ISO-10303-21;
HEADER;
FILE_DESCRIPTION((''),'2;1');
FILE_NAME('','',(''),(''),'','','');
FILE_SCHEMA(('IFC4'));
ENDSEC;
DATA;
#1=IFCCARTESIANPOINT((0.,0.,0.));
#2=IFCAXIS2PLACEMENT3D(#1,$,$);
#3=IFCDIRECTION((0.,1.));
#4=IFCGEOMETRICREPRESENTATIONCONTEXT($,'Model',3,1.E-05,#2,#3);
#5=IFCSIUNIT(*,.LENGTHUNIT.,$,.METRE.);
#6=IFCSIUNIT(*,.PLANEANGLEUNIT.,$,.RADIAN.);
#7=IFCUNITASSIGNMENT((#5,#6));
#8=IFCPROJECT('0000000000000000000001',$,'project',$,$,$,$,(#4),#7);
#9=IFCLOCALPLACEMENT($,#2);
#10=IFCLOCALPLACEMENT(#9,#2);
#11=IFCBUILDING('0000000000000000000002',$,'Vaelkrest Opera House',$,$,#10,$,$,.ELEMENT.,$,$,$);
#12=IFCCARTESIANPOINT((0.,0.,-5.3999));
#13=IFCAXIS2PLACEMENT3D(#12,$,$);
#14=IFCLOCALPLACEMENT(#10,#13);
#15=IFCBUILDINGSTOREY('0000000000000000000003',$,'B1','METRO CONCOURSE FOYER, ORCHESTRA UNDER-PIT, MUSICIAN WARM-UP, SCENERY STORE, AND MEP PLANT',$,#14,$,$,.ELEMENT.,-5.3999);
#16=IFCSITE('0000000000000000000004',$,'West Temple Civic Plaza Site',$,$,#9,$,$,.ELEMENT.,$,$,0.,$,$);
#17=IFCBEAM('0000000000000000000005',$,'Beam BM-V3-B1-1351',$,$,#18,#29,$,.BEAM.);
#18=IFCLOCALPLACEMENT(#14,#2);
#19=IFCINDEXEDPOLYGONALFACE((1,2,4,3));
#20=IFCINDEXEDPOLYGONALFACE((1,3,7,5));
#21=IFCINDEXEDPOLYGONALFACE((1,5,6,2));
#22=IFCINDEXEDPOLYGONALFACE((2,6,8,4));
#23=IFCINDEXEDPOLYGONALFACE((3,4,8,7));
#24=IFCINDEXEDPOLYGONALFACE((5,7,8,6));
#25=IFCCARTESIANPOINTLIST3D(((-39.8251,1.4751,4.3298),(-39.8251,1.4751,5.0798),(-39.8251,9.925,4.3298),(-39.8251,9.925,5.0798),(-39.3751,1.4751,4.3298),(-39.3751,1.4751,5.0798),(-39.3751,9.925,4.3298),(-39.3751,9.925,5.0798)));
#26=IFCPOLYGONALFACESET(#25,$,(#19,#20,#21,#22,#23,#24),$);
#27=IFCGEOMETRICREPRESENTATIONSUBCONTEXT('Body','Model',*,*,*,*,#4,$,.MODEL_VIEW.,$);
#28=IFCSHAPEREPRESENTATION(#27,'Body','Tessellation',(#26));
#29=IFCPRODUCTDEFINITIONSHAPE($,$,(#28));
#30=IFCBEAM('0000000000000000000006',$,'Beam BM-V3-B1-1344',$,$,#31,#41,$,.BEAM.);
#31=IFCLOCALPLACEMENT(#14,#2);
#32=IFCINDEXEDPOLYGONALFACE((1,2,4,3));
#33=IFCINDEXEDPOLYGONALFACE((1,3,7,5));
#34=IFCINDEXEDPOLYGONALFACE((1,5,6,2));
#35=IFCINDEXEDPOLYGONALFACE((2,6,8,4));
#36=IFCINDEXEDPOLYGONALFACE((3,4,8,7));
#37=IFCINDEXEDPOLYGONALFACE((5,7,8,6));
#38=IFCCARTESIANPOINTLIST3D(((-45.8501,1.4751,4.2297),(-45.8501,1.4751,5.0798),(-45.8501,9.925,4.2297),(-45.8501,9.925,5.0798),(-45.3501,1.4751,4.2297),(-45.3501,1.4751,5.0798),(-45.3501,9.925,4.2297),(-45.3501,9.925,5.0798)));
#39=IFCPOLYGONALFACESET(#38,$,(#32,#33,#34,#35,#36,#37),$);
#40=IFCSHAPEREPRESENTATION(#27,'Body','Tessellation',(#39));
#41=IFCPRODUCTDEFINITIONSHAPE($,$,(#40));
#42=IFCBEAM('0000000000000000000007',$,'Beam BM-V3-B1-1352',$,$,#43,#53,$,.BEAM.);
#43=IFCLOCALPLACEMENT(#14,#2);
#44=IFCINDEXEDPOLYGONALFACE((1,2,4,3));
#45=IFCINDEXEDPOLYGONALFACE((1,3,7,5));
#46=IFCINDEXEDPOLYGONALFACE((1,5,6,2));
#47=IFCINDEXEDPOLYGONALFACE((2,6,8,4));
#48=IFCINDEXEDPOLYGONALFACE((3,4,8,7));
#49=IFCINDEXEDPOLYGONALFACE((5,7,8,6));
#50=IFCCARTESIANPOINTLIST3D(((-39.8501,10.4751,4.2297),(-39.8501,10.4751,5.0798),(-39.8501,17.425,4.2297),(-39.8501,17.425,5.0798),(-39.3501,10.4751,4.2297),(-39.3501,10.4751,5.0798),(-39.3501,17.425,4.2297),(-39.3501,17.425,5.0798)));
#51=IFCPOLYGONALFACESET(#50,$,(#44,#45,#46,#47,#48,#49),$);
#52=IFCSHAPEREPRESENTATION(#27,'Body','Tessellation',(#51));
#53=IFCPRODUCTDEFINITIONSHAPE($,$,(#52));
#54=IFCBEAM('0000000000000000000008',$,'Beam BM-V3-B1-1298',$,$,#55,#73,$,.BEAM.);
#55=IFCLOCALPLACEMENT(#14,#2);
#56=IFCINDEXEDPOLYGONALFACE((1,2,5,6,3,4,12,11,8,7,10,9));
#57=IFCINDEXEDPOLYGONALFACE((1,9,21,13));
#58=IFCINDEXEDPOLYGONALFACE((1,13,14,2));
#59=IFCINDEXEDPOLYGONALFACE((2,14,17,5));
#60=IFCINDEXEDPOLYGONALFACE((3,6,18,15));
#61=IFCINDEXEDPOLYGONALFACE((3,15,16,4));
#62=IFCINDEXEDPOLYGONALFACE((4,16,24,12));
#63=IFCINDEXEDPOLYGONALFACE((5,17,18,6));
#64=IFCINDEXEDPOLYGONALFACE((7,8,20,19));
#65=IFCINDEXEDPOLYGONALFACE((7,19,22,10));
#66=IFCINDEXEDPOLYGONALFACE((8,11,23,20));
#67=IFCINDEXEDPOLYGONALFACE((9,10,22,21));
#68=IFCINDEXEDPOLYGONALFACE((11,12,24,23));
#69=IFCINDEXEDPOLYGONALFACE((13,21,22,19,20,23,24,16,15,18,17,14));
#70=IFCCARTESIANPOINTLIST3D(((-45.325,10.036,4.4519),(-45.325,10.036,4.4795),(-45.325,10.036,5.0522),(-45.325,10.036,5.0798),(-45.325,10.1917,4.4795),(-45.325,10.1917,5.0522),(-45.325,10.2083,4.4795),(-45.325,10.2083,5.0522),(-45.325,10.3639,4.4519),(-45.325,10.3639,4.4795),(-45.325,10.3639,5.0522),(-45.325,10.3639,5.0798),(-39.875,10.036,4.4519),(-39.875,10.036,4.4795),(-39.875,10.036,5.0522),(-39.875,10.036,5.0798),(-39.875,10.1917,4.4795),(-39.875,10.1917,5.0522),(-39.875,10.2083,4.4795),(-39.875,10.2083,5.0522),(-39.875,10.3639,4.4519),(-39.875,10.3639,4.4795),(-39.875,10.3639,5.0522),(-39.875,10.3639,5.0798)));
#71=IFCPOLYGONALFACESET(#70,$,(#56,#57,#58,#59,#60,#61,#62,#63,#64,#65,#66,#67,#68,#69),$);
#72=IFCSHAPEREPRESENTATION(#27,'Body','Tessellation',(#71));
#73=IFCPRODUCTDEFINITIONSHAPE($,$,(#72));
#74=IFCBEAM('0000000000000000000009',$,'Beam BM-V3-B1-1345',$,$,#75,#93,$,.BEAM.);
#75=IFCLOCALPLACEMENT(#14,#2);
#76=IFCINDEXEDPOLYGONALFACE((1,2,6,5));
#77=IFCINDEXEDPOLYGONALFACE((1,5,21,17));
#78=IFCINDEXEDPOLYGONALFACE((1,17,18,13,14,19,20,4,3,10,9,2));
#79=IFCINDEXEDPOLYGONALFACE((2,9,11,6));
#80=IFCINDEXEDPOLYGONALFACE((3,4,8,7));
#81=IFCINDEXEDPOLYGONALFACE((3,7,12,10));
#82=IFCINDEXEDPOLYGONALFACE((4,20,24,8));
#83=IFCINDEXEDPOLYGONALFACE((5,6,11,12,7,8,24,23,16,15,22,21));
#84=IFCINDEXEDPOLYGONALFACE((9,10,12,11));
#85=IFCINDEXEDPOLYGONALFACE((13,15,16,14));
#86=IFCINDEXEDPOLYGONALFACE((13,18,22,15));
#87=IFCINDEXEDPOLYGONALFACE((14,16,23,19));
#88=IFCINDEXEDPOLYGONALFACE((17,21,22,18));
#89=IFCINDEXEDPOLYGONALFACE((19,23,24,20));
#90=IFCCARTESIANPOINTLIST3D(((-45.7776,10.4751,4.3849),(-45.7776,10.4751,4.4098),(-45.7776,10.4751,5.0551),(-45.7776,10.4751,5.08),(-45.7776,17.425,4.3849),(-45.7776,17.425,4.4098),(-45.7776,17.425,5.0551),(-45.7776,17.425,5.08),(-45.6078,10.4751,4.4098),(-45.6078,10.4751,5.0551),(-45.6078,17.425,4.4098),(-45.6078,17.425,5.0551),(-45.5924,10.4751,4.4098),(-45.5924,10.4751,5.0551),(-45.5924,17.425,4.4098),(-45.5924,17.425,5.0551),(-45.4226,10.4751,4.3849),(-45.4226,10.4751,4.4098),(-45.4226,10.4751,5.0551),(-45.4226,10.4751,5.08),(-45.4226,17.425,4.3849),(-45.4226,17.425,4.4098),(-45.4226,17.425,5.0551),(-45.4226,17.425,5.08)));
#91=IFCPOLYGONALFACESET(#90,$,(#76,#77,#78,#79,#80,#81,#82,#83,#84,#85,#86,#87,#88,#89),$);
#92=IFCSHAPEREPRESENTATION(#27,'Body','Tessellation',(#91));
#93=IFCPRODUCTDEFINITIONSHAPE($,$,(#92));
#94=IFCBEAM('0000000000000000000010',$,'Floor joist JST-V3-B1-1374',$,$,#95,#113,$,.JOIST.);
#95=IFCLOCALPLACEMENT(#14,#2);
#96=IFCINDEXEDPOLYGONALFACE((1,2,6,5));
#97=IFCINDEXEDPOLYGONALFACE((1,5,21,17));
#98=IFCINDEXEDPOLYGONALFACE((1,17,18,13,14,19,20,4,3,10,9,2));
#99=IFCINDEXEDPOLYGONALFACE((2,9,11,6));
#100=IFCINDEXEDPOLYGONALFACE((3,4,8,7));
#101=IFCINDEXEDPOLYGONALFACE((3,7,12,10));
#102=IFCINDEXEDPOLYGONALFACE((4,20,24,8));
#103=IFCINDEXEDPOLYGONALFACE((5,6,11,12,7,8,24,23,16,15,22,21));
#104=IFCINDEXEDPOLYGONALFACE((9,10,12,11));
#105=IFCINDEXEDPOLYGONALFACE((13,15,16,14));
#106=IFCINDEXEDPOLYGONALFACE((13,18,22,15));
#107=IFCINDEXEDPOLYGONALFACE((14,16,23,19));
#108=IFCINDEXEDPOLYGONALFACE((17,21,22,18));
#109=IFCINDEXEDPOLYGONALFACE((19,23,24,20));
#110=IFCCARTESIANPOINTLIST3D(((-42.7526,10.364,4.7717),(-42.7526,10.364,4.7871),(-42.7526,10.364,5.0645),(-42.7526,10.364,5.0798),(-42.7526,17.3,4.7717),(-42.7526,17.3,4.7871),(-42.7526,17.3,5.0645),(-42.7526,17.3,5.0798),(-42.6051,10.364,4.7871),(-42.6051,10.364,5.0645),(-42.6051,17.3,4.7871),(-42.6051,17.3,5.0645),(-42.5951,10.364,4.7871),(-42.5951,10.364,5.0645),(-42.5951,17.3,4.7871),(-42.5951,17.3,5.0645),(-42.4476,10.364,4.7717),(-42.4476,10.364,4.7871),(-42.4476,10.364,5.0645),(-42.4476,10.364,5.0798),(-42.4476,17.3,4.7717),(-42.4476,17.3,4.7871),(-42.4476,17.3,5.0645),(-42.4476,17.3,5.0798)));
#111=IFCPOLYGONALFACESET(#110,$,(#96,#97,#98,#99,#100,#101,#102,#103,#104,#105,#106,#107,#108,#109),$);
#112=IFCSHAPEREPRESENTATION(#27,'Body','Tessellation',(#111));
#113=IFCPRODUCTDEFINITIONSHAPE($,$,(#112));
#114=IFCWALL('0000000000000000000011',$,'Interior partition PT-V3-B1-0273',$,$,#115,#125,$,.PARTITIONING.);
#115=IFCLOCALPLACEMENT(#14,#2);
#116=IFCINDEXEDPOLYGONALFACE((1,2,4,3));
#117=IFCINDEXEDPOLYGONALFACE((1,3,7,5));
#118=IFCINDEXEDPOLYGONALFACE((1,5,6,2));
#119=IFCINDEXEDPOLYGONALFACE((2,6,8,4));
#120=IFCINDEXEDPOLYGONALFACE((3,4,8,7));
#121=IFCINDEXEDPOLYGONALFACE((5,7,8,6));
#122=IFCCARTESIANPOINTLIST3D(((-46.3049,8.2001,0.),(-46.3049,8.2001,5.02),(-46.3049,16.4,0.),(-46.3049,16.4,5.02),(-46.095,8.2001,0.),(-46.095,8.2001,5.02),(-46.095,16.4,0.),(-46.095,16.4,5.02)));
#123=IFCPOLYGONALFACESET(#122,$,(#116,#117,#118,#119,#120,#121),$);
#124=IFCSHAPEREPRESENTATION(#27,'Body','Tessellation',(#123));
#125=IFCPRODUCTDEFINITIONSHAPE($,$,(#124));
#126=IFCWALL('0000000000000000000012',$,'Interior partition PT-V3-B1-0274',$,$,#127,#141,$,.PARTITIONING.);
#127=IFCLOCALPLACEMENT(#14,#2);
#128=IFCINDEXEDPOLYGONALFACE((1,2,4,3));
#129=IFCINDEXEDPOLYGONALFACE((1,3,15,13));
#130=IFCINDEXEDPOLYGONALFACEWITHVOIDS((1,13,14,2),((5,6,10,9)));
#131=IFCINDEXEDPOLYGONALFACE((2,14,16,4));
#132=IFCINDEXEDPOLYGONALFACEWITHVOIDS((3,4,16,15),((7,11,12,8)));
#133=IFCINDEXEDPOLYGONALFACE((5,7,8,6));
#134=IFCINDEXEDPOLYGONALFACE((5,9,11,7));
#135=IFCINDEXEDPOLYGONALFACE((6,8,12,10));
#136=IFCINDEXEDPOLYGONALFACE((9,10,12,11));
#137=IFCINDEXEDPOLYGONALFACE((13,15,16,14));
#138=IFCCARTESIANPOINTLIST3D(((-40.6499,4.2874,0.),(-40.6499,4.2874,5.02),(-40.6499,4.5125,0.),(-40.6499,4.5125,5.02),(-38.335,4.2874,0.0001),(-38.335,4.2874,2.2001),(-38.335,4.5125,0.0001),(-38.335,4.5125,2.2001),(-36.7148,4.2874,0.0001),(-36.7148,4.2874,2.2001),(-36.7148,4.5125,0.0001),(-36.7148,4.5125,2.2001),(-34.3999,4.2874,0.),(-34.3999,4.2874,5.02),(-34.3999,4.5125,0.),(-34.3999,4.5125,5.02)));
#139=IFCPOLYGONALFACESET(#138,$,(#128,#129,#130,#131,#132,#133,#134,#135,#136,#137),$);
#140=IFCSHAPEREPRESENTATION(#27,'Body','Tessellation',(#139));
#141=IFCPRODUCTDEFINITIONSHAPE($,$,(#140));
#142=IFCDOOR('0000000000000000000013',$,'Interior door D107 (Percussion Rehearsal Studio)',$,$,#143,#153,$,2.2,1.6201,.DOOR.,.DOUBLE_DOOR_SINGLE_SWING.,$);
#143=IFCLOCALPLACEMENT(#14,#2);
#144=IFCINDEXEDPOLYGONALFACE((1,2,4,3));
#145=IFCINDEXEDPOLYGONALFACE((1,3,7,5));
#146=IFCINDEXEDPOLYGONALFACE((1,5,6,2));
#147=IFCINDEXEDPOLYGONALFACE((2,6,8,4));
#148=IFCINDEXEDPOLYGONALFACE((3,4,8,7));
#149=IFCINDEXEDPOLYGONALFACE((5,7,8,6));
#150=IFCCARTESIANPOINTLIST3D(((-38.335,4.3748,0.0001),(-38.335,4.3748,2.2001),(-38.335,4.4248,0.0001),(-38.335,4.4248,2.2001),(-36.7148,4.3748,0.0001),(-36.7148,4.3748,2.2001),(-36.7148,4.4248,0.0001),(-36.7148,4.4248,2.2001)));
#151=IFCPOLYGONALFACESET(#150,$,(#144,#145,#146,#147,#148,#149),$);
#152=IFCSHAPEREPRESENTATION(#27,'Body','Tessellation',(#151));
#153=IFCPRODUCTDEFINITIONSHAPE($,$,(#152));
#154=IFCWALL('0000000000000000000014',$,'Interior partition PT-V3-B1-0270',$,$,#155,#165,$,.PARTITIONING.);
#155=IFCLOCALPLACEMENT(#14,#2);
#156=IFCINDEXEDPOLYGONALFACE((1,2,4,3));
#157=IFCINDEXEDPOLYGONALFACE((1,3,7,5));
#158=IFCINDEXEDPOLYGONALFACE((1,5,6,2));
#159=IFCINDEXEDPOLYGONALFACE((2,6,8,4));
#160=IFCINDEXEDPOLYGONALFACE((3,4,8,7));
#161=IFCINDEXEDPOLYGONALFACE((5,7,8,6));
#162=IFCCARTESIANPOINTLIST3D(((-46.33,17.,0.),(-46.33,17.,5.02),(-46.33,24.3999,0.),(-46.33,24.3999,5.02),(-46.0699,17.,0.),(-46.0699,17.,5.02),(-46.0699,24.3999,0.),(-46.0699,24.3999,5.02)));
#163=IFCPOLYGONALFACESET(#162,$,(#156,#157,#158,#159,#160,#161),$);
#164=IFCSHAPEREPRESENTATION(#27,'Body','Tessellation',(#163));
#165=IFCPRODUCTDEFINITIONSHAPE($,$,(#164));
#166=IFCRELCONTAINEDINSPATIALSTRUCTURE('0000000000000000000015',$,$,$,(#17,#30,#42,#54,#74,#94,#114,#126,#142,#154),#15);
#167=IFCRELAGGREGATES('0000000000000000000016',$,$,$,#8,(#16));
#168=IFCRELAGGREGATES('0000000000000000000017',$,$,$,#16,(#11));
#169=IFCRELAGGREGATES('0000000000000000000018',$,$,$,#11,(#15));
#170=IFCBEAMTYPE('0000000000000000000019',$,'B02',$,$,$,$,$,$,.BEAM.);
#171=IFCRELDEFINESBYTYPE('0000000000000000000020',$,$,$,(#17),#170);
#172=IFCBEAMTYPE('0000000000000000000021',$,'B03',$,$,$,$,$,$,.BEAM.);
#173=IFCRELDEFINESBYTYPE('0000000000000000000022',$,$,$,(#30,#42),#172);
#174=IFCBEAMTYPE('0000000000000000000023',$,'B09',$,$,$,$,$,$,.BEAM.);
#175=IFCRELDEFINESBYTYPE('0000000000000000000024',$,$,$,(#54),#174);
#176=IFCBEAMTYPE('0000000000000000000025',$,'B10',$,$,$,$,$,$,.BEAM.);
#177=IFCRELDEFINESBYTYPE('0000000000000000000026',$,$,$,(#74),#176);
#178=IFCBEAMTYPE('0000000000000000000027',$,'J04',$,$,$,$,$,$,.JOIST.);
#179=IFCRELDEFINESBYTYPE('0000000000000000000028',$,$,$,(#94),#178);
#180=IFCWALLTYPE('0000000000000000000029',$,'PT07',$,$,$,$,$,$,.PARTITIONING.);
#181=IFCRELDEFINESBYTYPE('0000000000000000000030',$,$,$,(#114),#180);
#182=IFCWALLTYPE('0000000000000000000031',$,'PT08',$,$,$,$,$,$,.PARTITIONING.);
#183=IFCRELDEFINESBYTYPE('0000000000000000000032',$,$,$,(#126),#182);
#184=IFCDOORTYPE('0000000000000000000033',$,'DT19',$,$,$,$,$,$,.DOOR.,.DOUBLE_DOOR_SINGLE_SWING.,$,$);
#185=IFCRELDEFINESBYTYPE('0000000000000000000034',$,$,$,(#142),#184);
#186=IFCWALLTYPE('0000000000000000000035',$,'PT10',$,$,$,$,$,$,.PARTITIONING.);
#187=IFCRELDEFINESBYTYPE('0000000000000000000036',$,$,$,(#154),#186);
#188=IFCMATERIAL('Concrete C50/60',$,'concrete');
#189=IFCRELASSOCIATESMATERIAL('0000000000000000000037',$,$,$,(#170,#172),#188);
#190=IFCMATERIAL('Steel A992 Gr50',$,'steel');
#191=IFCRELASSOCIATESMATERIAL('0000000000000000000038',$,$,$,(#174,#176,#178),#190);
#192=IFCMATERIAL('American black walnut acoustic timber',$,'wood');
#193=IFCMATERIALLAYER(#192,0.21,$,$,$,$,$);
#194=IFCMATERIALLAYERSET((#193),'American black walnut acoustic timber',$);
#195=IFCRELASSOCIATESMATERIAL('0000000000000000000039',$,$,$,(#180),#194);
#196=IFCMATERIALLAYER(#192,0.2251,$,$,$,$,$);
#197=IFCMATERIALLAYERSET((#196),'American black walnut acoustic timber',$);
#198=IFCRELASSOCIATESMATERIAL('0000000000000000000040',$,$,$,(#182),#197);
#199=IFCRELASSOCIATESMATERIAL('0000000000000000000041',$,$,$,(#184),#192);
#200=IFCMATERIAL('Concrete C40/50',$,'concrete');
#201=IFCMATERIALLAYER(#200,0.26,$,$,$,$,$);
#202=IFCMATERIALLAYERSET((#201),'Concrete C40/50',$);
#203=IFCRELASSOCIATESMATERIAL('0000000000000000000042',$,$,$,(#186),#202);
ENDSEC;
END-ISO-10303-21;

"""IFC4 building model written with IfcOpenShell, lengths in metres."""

from ifc_helpers import new_model, si_unit, direction, frame, frame_2d, origin, origin_2d, place, context, subcontext, project, spatial, rectangle, i_section, extrude, material, layer, layer_set, material_profile, profile_set, type_object, element, fill, save


model = new_model("IFC4")

# Units and contexts
model_context = context("Model", 3, precision=1e-05, world=origin(), true_north=direction((0.0, 1.0)))
body_context = subcontext(model_context, "Body", "Model", "MODEL_VIEW")
ifc_project = project(units=[si_unit("LENGTHUNIT", "METRE"), si_unit("PLANEANGLEUNIT", "RADIAN")], contexts=[model_context])

# Site, building, storey
site_placement = place(None, origin())
site = spatial("IfcSite", under=ifc_project, at=site_placement, Name="West Temple Civic Plaza Site", CompositionType="ELEMENT", RefElevation=0.0)
building_placement = place(site_placement, origin())
building = spatial("IfcBuilding", under=site, at=building_placement, Name="Vaelkrest Opera House", CompositionType="ELEMENT")
storey_placement = place(building_placement, frame((0.0, 0.0, -5.3999)))
storey = spatial("IfcBuildingStorey", under=building, at=storey_placement, Name="B1", Description="METRO CONCOURSE FOYER, ORCHESTRA UNDER-PIT, MUSICIAN WARM-UP, SCENERY STORE, AND MEP PLANT", CompositionType="ELEMENT", Elevation=-5.3999)

# Shared definitions
ifc_material_1 = material(Name="Concrete C40/50", Category="concrete")

# Shared definitions
ifc_material_2 = material(Name="Concrete C50/60", Category="concrete")

# Beams
ifc_material_profile_1 = material_profile(ifc_material_2, rectangle(XDim=0.45, YDim=0.75, at=origin_2d()), Name="RCB450X750")
ifc_profile_set_1 = profile_set([ifc_material_profile_1], Name="Concrete C50/60")
beam_type_1 = type_object("IfcBeamType", Name="B02", PredefinedType="BEAM", material=ifc_profile_set_1)
beam_1_placement = place(storey_placement, frame((-39.6001, 1.4751, 4.7048), z_axis=(0.0, 1.0, 0.0), x_axis=(-1.0, 0.0, 0.0)))
element("IfcBeam", 1, at=beam_1_placement, inside=storey, type_object=beam_type_1, Name="Beam BM-V3-B1-1351", PredefinedType="BEAM", context=body_context, shape_type="SweptSolid", body=[
    extrude(rectangle(XDim=0.45, YDim=0.75, at=origin_2d()), origin(), (0.0, 0.0, 1.0), 8.45),
])
ifc_material_profile_2 = material_profile(ifc_material_2, rectangle(XDim=0.5, YDim=0.8501, at=origin_2d()), Name="RCB500X850")
ifc_profile_set_2 = profile_set([ifc_material_profile_2], Name="Concrete C50/60")
beam_type_2 = type_object("IfcBeamType", Name="B03", PredefinedType="BEAM", material=ifc_profile_set_2)
beam_2_placement = place(storey_placement, frame((-45.6001, 1.4751, 4.6548), z_axis=(0.0, 1.0, 0.0), x_axis=(-1.0, 0.0, 0.0)))
element("IfcBeam", 2, at=beam_2_placement, inside=storey, type_object=beam_type_2, Name="Beam BM-V3-B1-1344", PredefinedType="BEAM", context=body_context, shape_type="SweptSolid", body=[
    extrude(rectangle(XDim=0.5, YDim=0.8501, at=origin_2d()), origin(), (0.0, 0.0, 1.0), 8.45),
])
beam_3_placement = place(storey_placement, frame((-39.6001, 10.4751, 4.6548), z_axis=(0.0, 1.0, 0.0), x_axis=(-1.0, 0.0, 0.0)))
element("IfcBeam", 3, at=beam_3_placement, inside=storey, type_object=beam_type_2, Name="Beam BM-V3-B1-1352", PredefinedType="BEAM", context=body_context, shape_type="SweptSolid", body=[
    extrude(rectangle(XDim=0.5, YDim=0.8501, at=origin_2d()), origin(), (0.0, 0.0, 1.0), 6.95),
])
ifc_material_3 = material(Name="Steel A992 Gr50", Category="steel")
ifc_material_profile_3 = material_profile(ifc_material_3, i_section(OverallWidth=0.3279, OverallDepth=0.6279, WebThickness=0.0166, FlangeThickness=0.0276, at=origin_2d()), Name="W24X146")
ifc_profile_set_3 = profile_set([ifc_material_profile_3], Name="Steel A992 Gr50")
beam_type_3 = type_object("IfcBeamType", Name="B09", PredefinedType="BEAM", material=ifc_profile_set_3)
beam_4_placement = place(storey_placement, frame((-45.325, 10.2, 4.7659), z_axis=(1.0, 0.0, 0.0), x_axis=(0.0, 1.0, 0.0)))
element("IfcBeam", 4, at=beam_4_placement, inside=storey, type_object=beam_type_3, Name="Beam BM-V3-B1-1298", PredefinedType="BEAM", context=body_context, shape_type="SweptSolid", body=[
    extrude(i_section(OverallWidth=0.3279, OverallDepth=0.6279, WebThickness=0.0166, FlangeThickness=0.0276, at=origin_2d()), origin(), (0.0, 0.0, 1.0), 5.45),
])
ifc_material_profile_4 = material_profile(ifc_material_3, i_section(OverallWidth=0.355, OverallDepth=0.6951, WebThickness=0.0154, FlangeThickness=0.0249, at=origin_2d()), Name="W27X146")
ifc_profile_set_4 = profile_set([ifc_material_profile_4], Name="Steel A992 Gr50")
beam_type_4 = type_object("IfcBeamType", Name="B10", PredefinedType="BEAM", material=ifc_profile_set_4)
beam_5_placement = place(storey_placement, frame((-45.6001, 10.4751, 4.7324), z_axis=(0.0, 1.0, 0.0), x_axis=(-1.0, 0.0, 0.0)))
element("IfcBeam", 5, at=beam_5_placement, inside=storey, type_object=beam_type_4, Name="Beam BM-V3-B1-1345", PredefinedType="BEAM", context=body_context, shape_type="SweptSolid", body=[
    extrude(i_section(OverallWidth=0.355, OverallDepth=0.6951, WebThickness=0.0154, FlangeThickness=0.0249, at=origin_2d()), origin(), (0.0, 0.0, 1.0), 6.95),
])
ifc_material_profile_5 = material_profile(ifc_material_3, i_section(OverallWidth=0.3049, OverallDepth=0.3081, WebThickness=0.01, FlangeThickness=0.0154, at=origin_2d()), Name="W12X65")
ifc_profile_set_5 = profile_set([ifc_material_profile_5], Name="Steel A992 Gr50")
beam_type_5 = type_object("IfcBeamType", Name="J04", PredefinedType="JOIST", material=ifc_profile_set_5)
beam_6_placement = place(storey_placement, frame((-42.6001, 10.364, 4.9258), z_axis=(0.0, 1.0, 0.0), x_axis=(-1.0, 0.0, 0.0)))
element("IfcBeam", 6, at=beam_6_placement, inside=storey, type_object=beam_type_5, Name="Floor joist JST-V3-B1-1374", PredefinedType="JOIST", context=body_context, shape_type="SweptSolid", body=[
    extrude(i_section(OverallWidth=0.3049, OverallDepth=0.3081, WebThickness=0.01, FlangeThickness=0.0154, at=origin_2d()), origin(), (0.0, 0.0, 1.0), 6.936),
])

# Wall
ifc_material_4 = material(Name="American black walnut acoustic timber", Category="wood")
ifc_layer_1 = layer(ifc_material_4, 0.21)
ifc_layer_set_1 = layer_set([ifc_layer_1], Name="American black walnut acoustic timber")
wall_type_1 = type_object("IfcWallType", Name="PT07", PredefinedType="PARTITIONING", material=ifc_layer_set_1)
wall_1_placement = place(storey_placement, frame((-46.2, 8.2, 0.0), z_axis=(0.0, 0.0, 1.0), x_axis=(0.0, 1.0, 0.0)))
element("IfcWall", 7, at=wall_1_placement, inside=storey, type_object=wall_type_1, Name="Interior partition PT-V3-B1-0273", PredefinedType="PARTITIONING", context=body_context, shape_type="SweptSolid", body=[
    extrude(rectangle(XDim=8.2, YDim=0.21, at=frame_2d((4.1001, 0.0))), origin(), (0.0, 0.0, 1.0), 5.02),
])

# Wall, opening, door
ifc_layer_2 = layer(ifc_material_4, 0.2251)
ifc_layer_set_2 = layer_set([ifc_layer_2], Name="American black walnut acoustic timber")
wall_type_2 = type_object("IfcWallType", Name="PT08", PredefinedType="PARTITIONING", material=ifc_layer_set_2)
wall_2_placement = place(storey_placement, frame((-40.6499, 4.3999, 0.0), z_axis=(0.0, 0.0, 1.0), x_axis=(1.0, 0.0, 0.0)))
wall_2 = element("IfcWall", 8, at=wall_2_placement, inside=storey, type_object=wall_type_2, Name="Interior partition PT-V3-B1-0274", PredefinedType="PARTITIONING", context=body_context, shape_type="SweptSolid", body=[
    extrude(rectangle(XDim=6.25, YDim=0.2251, at=frame_2d((3.125, 0.0))), origin(), (0.0, 0.0, 1.0), 5.02),
])
opening_1_placement = place(wall_2_placement, frame((2.3149, 0.0, 0.0)))
opening_1 = element("IfcOpeningElement", 9, at=opening_1_placement, cuts=wall_2, PredefinedType="OPENING", context=body_context, shape_type="SweptSolid", body=[
    extrude(rectangle(XDim=1.6201, YDim=2.2, at=frame_2d((0.8101, 1.1001))), frame((0.0, 0.1226, 0.0), z_axis=(0.0, -1.0, 0.0), x_axis=(1.0, 0.0, 0.0)), (0.0, 0.0, 1.0), 0.2451),
])
door_type_1 = type_object("IfcDoorType", Name="DT19", OperationType="DOUBLE_DOOR_SINGLE_SWING", PredefinedType="DOOR", material=ifc_material_4)
door_1_placement = place(opening_1_placement, origin())
door_1 = element("IfcDoor", 10, at=door_1_placement, inside=storey, type_object=door_type_1, Name="Interior door D107 (Percussion Rehearsal Studio)", OperationType="DOUBLE_DOOR_SINGLE_SWING", OverallHeight=2.2, OverallWidth=1.6201, PredefinedType="DOOR", context=body_context, shape_type="SweptSolid", body=[
    extrude(rectangle(XDim=1.6201, YDim=2.2, at=frame_2d((0.8101, 1.1001))), frame((0.0, 0.0249, 0.0), z_axis=(0.0, -1.0, 0.0), x_axis=(1.0, 0.0, 0.0)), (0.0, 0.0, 1.0), 0.05),
])
fill(opening_1, door_1)

# Wall
ifc_layer_3 = layer(ifc_material_1, 0.26)
ifc_layer_set_3 = layer_set([ifc_layer_3], Name="Concrete C40/50")
wall_type_3 = type_object("IfcWallType", Name="PT10", PredefinedType="PARTITIONING", material=ifc_layer_set_3)
wall_3_placement = place(storey_placement, frame((-46.2, 17.0, 0.0), z_axis=(0.0, 0.0, 1.0), x_axis=(0.0, 1.0, 0.0)))
element("IfcWall", 11, at=wall_3_placement, inside=storey, type_object=wall_type_3, Name="Interior partition PT-V3-B1-0270", PredefinedType="PARTITIONING", context=body_context, shape_type="SweptSolid", body=[
    extrude(rectangle(XDim=7.3999, YDim=0.26, at=frame_2d((3.7, 0.0))), origin(), (0.0, 0.0, 1.0), 5.02),
])

save(model, "model.ifc")
